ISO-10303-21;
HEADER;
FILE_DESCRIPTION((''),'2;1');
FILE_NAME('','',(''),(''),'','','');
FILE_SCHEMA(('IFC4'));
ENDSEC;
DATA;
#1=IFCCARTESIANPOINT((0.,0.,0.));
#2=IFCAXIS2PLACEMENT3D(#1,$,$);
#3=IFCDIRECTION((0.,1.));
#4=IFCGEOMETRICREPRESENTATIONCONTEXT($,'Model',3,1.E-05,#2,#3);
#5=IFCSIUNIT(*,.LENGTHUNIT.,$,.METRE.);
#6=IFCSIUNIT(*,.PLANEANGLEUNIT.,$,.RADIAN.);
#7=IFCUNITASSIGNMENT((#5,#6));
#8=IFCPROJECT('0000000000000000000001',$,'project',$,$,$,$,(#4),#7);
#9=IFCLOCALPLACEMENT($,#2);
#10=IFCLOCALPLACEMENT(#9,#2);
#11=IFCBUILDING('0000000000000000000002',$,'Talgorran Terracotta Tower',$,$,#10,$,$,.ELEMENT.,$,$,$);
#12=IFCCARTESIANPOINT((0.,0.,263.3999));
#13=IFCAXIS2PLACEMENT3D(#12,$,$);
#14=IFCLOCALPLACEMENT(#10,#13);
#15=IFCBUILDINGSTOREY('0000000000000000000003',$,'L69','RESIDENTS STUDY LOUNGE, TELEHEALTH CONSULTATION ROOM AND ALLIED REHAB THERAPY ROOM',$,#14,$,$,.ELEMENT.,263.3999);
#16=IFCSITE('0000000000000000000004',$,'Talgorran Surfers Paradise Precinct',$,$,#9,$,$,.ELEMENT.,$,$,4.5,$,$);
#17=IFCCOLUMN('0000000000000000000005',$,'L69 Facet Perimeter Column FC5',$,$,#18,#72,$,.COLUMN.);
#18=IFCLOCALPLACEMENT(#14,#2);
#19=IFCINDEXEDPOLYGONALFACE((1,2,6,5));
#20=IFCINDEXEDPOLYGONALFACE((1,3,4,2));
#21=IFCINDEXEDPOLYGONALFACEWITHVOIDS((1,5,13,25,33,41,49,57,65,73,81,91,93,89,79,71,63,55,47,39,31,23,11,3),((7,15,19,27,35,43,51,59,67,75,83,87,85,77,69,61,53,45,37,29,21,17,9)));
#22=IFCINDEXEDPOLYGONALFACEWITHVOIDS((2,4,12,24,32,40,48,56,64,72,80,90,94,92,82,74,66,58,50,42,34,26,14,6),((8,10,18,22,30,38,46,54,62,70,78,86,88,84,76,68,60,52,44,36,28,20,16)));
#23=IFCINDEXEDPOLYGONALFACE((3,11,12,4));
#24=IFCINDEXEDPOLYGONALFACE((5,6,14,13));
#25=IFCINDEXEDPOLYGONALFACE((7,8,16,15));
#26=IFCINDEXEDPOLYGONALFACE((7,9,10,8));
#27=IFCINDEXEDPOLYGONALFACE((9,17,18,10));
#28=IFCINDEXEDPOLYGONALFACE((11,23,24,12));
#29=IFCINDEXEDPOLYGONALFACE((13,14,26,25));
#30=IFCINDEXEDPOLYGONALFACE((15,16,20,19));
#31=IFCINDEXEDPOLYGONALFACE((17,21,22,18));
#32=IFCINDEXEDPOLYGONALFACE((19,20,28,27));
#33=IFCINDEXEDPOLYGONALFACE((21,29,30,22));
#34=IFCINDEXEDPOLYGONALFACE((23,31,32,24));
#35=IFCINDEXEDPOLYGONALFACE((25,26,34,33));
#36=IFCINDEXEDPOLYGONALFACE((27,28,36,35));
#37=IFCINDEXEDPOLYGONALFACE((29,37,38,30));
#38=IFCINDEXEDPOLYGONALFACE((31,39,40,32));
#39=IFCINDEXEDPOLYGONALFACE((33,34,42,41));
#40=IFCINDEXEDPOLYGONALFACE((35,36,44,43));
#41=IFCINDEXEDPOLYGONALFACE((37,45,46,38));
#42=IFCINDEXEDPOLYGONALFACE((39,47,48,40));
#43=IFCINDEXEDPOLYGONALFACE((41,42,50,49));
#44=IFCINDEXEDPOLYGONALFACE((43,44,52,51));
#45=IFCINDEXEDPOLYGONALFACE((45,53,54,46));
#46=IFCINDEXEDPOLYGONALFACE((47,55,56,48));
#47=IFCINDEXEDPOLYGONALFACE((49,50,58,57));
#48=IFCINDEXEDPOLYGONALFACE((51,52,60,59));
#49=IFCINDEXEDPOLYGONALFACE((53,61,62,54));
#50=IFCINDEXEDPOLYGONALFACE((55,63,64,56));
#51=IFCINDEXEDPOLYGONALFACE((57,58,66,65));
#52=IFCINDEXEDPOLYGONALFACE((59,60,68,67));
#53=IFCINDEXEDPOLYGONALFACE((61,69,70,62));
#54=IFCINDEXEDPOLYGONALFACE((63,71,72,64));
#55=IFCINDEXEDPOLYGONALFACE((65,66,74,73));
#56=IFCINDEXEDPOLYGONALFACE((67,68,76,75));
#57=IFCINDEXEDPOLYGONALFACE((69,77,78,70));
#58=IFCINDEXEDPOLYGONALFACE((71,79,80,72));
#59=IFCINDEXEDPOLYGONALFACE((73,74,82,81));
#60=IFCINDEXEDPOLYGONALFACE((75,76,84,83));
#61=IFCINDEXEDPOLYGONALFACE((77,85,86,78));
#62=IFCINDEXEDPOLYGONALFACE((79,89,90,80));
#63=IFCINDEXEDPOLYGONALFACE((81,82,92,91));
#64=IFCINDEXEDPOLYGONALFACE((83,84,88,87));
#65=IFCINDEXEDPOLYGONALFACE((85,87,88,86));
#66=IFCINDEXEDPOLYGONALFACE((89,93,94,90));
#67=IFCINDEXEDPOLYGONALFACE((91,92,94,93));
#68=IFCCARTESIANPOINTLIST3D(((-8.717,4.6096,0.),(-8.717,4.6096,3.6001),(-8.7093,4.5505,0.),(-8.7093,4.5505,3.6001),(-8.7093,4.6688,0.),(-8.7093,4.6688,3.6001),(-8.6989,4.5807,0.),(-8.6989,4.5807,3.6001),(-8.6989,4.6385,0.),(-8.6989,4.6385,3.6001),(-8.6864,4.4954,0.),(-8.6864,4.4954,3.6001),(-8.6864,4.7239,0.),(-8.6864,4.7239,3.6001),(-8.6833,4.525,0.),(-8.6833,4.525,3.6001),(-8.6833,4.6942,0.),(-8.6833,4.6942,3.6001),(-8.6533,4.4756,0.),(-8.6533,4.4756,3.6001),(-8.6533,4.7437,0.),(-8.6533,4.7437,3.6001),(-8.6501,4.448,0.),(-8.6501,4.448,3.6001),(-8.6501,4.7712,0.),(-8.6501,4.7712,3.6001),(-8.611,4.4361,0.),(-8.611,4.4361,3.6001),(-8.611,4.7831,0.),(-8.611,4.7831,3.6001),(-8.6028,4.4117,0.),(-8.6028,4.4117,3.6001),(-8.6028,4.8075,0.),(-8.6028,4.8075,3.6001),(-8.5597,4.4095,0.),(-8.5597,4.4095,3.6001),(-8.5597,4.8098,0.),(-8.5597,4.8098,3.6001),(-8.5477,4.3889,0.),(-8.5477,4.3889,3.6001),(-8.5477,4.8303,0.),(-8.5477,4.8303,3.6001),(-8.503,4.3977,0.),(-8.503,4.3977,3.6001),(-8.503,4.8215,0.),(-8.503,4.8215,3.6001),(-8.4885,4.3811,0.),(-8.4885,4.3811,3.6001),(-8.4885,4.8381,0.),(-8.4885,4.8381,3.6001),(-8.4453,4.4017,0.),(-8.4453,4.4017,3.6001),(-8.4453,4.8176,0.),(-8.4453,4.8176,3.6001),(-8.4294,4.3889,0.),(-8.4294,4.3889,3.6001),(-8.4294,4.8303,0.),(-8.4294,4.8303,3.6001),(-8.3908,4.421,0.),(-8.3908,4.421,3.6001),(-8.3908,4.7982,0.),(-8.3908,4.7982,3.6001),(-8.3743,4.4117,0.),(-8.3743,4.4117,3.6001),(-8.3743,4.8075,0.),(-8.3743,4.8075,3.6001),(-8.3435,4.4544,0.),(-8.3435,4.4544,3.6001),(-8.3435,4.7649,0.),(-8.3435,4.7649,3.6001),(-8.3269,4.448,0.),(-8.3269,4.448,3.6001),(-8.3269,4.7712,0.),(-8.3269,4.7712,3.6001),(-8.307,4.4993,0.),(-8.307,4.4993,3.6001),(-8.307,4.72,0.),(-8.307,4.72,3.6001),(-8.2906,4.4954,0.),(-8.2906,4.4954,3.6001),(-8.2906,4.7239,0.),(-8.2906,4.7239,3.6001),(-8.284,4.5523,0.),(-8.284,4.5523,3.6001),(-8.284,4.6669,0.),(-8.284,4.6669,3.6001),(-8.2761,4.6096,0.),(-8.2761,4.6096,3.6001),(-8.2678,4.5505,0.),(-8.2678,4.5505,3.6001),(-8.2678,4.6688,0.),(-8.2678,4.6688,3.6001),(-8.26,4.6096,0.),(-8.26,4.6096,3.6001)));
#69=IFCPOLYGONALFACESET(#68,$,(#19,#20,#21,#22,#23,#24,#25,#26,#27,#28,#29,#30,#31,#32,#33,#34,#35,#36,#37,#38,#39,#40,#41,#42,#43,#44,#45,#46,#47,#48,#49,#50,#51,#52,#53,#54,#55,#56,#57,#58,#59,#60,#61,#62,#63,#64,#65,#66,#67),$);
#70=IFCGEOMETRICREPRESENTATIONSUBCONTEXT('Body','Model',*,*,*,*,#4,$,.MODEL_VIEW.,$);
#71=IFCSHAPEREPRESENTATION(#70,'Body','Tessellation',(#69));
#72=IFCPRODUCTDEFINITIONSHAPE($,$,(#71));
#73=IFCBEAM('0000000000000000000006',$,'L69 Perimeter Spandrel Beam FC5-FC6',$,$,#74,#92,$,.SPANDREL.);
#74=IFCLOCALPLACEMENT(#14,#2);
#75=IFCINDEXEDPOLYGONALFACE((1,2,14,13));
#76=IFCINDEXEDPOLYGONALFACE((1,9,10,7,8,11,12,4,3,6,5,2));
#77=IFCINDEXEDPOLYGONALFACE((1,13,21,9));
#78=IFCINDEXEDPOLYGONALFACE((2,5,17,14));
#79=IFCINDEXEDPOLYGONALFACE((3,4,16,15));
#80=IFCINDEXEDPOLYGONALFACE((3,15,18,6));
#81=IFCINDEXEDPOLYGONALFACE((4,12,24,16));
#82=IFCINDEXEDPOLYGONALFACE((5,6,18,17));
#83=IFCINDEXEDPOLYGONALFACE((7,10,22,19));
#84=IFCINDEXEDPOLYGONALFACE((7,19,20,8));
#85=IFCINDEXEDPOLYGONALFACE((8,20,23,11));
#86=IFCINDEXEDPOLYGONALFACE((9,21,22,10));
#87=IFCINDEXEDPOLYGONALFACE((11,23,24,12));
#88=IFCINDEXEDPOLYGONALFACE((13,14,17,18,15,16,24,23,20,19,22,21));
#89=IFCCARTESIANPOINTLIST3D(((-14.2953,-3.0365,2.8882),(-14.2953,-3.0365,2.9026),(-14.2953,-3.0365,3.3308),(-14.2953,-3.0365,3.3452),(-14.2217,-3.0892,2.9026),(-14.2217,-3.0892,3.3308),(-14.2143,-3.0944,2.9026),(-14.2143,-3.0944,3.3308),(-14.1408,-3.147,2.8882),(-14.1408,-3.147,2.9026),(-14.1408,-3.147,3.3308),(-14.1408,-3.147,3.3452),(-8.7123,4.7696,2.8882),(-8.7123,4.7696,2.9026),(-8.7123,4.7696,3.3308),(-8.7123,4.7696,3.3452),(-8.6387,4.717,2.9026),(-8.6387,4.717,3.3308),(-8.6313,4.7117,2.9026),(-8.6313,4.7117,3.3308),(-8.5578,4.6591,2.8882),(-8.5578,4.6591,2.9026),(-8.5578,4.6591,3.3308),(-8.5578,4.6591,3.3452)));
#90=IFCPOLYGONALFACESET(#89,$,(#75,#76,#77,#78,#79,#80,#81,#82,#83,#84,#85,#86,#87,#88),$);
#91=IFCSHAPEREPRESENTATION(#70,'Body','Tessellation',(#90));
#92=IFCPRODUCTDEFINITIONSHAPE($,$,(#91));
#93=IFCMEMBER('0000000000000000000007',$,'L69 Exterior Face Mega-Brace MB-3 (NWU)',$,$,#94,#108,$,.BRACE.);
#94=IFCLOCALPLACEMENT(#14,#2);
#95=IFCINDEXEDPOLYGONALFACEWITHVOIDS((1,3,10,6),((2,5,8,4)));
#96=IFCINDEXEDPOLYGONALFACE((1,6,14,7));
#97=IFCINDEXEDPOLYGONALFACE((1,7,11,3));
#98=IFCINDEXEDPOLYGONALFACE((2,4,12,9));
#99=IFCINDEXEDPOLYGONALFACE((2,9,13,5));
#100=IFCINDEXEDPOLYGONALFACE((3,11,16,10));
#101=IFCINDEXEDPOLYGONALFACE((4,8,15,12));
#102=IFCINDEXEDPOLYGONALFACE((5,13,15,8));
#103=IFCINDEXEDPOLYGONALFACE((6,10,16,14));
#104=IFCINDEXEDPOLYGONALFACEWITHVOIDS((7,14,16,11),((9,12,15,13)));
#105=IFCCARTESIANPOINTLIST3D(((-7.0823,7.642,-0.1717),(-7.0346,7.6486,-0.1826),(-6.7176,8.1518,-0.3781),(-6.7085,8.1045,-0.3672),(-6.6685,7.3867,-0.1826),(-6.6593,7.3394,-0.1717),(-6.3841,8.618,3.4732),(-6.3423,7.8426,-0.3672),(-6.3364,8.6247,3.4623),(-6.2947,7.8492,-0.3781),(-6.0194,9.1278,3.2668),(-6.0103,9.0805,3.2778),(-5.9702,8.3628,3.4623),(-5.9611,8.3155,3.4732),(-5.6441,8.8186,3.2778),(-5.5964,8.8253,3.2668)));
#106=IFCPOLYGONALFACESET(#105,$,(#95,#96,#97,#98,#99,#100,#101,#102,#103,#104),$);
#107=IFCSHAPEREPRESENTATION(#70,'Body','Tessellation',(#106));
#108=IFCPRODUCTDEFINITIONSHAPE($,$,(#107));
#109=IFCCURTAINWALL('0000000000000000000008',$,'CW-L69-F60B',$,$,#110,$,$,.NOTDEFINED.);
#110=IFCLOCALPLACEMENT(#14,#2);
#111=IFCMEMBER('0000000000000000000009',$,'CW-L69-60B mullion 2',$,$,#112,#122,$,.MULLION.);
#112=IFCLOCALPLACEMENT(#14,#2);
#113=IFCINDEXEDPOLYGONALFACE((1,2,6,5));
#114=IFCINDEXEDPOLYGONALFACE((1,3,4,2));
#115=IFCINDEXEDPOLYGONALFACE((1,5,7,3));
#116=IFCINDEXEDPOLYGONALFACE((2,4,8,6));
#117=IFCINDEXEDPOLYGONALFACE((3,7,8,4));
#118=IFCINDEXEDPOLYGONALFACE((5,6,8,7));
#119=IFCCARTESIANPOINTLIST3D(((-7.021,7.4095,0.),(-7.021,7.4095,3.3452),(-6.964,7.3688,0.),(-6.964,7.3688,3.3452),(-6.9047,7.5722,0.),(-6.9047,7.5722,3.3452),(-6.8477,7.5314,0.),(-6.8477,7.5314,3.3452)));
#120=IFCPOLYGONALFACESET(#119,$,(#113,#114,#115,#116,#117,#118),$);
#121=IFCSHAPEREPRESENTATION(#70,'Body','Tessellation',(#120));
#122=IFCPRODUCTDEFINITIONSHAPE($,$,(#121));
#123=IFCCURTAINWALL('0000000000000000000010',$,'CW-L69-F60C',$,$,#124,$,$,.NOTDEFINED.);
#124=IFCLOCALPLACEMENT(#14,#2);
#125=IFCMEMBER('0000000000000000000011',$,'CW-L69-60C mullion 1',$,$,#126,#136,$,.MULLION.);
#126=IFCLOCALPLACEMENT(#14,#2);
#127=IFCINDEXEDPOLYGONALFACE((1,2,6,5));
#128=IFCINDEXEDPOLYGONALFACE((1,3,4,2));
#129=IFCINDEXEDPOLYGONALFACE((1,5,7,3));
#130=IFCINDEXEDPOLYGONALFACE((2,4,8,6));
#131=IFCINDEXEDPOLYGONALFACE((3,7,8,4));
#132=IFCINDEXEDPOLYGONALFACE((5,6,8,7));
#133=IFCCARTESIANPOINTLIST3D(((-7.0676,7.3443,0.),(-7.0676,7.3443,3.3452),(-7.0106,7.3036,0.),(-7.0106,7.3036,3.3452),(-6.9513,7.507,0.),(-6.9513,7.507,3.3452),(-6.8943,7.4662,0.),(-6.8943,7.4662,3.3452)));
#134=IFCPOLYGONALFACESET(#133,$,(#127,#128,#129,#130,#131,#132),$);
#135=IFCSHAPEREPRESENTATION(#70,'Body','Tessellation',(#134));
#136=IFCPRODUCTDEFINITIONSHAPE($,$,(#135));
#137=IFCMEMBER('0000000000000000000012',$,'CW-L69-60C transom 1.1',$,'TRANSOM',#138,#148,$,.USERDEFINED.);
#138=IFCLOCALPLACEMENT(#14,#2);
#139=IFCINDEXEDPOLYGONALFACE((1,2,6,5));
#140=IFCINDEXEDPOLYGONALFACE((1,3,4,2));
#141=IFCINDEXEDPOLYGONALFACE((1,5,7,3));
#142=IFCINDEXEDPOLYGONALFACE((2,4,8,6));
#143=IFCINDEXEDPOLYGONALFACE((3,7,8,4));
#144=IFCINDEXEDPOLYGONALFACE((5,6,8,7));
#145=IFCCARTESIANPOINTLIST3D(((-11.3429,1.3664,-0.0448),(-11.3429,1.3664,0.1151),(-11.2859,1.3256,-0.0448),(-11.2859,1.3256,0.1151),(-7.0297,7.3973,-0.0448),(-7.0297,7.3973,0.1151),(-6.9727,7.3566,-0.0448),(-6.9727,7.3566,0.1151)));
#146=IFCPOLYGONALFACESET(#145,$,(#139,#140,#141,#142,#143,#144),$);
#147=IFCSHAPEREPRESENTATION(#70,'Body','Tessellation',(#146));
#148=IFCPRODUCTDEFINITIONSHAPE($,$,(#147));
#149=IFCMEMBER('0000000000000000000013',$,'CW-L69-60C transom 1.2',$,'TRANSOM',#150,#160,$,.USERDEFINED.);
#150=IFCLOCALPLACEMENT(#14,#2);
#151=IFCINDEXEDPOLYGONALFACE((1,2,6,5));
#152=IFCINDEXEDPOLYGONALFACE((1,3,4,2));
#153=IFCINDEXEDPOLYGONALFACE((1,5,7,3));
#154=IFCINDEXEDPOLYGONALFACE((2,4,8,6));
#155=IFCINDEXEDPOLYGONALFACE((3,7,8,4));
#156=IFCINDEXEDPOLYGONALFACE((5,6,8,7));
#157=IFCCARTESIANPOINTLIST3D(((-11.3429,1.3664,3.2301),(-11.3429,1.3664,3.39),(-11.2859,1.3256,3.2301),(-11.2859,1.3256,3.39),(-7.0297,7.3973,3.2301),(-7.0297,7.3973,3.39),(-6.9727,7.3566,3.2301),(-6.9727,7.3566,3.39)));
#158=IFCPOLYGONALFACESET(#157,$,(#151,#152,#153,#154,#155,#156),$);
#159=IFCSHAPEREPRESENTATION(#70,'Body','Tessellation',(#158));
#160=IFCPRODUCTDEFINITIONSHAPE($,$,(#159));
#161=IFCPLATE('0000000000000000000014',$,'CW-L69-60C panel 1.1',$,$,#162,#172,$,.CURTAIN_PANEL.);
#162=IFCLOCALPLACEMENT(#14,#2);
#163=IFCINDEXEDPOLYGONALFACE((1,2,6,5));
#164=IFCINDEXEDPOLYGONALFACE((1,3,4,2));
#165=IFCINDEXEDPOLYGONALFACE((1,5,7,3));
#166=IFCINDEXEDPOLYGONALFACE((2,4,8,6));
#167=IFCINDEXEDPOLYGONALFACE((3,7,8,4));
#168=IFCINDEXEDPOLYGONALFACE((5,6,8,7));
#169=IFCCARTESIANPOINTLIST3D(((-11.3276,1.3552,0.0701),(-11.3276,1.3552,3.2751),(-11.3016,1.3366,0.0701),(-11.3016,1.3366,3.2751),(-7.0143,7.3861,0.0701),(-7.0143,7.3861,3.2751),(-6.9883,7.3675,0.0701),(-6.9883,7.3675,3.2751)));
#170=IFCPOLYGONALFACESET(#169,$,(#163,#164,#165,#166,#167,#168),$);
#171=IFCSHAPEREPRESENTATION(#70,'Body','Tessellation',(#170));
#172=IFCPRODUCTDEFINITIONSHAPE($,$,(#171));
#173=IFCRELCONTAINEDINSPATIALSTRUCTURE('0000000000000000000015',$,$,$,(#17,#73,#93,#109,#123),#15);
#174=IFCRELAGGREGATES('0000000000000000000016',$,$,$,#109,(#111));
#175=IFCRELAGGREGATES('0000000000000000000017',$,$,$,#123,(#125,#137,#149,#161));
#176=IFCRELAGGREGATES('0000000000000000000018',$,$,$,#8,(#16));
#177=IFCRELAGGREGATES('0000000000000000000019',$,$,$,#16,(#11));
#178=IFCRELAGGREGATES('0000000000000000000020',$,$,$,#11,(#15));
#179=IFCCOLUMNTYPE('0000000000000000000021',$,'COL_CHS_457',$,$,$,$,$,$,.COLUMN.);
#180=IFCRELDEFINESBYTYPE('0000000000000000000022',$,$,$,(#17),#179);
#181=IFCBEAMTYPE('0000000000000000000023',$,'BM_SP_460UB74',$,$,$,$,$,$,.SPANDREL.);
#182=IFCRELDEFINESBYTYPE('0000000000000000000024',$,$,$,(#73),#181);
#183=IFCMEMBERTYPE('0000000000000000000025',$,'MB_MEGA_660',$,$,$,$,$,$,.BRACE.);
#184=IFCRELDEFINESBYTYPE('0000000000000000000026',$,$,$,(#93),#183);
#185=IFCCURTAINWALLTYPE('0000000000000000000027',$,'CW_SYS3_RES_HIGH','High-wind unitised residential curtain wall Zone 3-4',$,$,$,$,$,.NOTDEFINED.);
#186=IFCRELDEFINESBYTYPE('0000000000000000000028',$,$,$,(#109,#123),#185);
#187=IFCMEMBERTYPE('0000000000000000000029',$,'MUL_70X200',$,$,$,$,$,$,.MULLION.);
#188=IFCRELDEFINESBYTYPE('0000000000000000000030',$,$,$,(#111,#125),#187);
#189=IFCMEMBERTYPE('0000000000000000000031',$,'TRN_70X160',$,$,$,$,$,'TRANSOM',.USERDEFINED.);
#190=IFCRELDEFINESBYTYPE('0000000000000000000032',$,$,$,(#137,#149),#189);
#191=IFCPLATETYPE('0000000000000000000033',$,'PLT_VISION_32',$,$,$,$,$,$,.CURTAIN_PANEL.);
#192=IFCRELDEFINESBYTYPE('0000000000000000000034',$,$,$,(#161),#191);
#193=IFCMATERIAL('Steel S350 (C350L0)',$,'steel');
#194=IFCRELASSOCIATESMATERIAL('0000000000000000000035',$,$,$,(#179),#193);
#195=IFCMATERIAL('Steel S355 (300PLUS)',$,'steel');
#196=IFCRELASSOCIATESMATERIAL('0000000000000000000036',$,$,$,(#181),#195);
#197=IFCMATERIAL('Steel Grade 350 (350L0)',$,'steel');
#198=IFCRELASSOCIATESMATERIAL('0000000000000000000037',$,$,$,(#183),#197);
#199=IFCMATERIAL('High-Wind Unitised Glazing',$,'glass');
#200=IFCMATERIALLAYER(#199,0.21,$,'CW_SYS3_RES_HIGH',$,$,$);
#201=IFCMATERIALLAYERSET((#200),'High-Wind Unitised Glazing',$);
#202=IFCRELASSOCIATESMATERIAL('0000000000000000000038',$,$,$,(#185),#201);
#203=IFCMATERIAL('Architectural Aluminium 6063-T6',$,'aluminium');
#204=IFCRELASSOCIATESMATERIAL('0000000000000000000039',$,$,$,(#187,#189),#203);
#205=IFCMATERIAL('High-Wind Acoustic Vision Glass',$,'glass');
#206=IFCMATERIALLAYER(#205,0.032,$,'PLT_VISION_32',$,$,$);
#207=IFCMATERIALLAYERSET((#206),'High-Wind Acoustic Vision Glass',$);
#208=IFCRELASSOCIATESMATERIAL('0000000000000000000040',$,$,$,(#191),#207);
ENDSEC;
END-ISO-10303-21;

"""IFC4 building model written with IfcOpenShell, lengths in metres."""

from ifc_helpers import new_model, si_unit, direction, frame, origin, origin_2d, place, context, subcontext, project, spatial, rectangle, hollow_rectangle, hollow_circle, i_section, extrude, source, transform, mapped, material, layer, layer_set, material_profile, profile_set, type_object, type_shapes, element, aggregate, save


model = new_model("IFC4")

# Units and contexts
model_context = context("Model", 3, precision=1e-05, world=origin(), true_north=direction((0.0, 1.0)))
body_context = subcontext(model_context, "Body", "Model", "MODEL_VIEW")
ifc_project = project(units=[si_unit("LENGTHUNIT", "METRE"), si_unit("PLANEANGLEUNIT", "RADIAN")], contexts=[model_context])

# Site, building, storey
site_placement = place(None, origin())
site = spatial("IfcSite", under=ifc_project, at=site_placement, Name="Talgorran Surfers Paradise Precinct", CompositionType="ELEMENT", RefElevation=4.5)
building_placement = place(site_placement, origin())
building = spatial("IfcBuilding", under=site, at=building_placement, Name="Talgorran Terracotta Tower", CompositionType="ELEMENT")
storey_placement = place(building_placement, frame((0.0, 0.0, 263.3999)))
storey = spatial("IfcBuildingStorey", under=building, at=storey_placement, Name="L69", Description="RESIDENTS STUDY LOUNGE, TELEHEALTH CONSULTATION ROOM AND ALLIED REHAB THERAPY ROOM", CompositionType="ELEMENT", Elevation=263.3999)

# Column
ifc_material_1 = material(Name="Steel S350 (C350L0)", Category="steel")
ifc_material_profile_1 = material_profile(ifc_material_1, hollow_circle(Radius=0.2285, WallThickness=0.0161, at=origin_2d()), Name="CHS457X16")
ifc_profile_set_1 = profile_set([ifc_material_profile_1], Name="Steel S350 (C350L0)")
column_type = type_object("IfcColumnType", Name="COL_CHS_457", PredefinedType="COLUMN", material=ifc_profile_set_1)
column_placement = place(storey_placement, frame((-8.4885, 4.6096, 0.0), z_axis=(0.0, 0.0, 1.0), x_axis=(1.0, 0.0, 0.0)))
element("IfcColumn", 1, at=column_placement, inside=storey, type_object=column_type, Name="L69 Facet Perimeter Column FC5", PredefinedType="COLUMN", context=body_context, shape_type="SweptSolid", body=[
    extrude(hollow_circle(Radius=0.2285, WallThickness=0.0161, at=origin_2d()), origin(), (0.0, 0.0, 1.0), 3.6001),
])

# Beam
ifc_material_2 = material(Name="Steel S355 (300PLUS)", Category="steel")
ifc_material_profile_2 = material_profile(ifc_material_2, i_section(OverallWidth=0.1899, OverallDepth=0.457, WebThickness=0.009, FlangeThickness=0.0144, at=origin_2d()), Name="460UB74.6")
ifc_profile_set_2 = profile_set([ifc_material_profile_2], Name="Steel S355 (300PLUS)")
beam_type = type_object("IfcBeamType", Name="BM_SP_460UB74", PredefinedType="SPANDREL", material=ifc_profile_set_2)
beam_placement = place(storey_placement, frame((-8.635, 4.7144, 3.1167), z_axis=(-0.581734, -0.813379, 0.0), x_axis=(0.813379, -0.581734, 0.0)))
element("IfcBeam", 2, at=beam_placement, inside=storey, type_object=beam_type, Name="L69 Perimeter Spandrel Beam FC5-FC6", PredefinedType="SPANDREL", context=body_context, shape_type="SweptSolid", body=[
    extrude(i_section(OverallWidth=0.1899, OverallDepth=0.457, WebThickness=0.009, FlangeThickness=0.0144, at=origin_2d()), origin(), (0.0, 0.0, 1.0), 9.5972),
])

# Member
ifc_material_3 = material(Name="Steel Grade 350 (350L0)", Category="steel")
ifc_material_profile_3 = material_profile(ifc_material_3, hollow_rectangle(XDim=0.52, YDim=0.6599, WallThickness=0.0349, at=origin_2d()), Name="WBOX660X520X35")
ifc_profile_set_3 = profile_set([ifc_material_profile_3], Name="Steel Grade 350 (350L0)")
member_type_1 = type_object("IfcMemberType", Name="MB_MEGA_660", PredefinedType="BRACE", material=ifc_profile_set_3)
member_1_placement = place(storey_placement, frame((-6.6885, 7.7456, -0.2749), z_axis=(0.181952, 0.254351, 0.949841), x_axis=(-0.813321, 0.581815, 0.0)))
element("IfcMember", 3, at=member_1_placement, inside=storey, type_object=member_type_1, Name="L69 Exterior Face Mega-Brace MB-3 (NWU)", PredefinedType="BRACE", context=body_context, shape_type="SweptSolid", body=[
    extrude(hollow_rectangle(XDim=0.52, YDim=0.6599, WallThickness=0.0349, at=origin_2d()), origin(), (0.0, 0.0, 1.0), 3.8374),
])

# Curtain wall, member
ifc_material_4 = material(Name="High-Wind Unitised Glazing", Category="glass")
ifc_layer_1 = layer(ifc_material_4, 0.21, Name="CW_SYS3_RES_HIGH")
ifc_layer_set_1 = layer_set([ifc_layer_1], Name="High-Wind Unitised Glazing")
curtain_wall_type = type_object("IfcCurtainWallType", Name="CW_SYS3_RES_HIGH", Description="High-wind unitised residential curtain wall Zone 3-4", PredefinedType="NOTDEFINED", material=ifc_layer_set_1)
curtain_wall_1_placement = place(storey_placement, origin())
curtain_wall_1 = element("IfcCurtainWall", 4, at=curtain_wall_1_placement, inside=storey, type_object=curtain_wall_type, Name="CW-L69-F60B", PredefinedType="NOTDEFINED")
ifc_material_5 = material(Name="Architectural Aluminium 6063-T6", Category="aluminium")
ifc_material_profile_4 = material_profile(ifc_material_5, rectangle(XDim=0.0701, YDim=0.2, at=origin_2d()), Name="CWM70X200")
ifc_profile_set_4 = profile_set([ifc_material_profile_4], Name="Architectural Aluminium 6063-T6")
member_type_2 = type_object("IfcMemberType", Name="MUL_70X200", PredefinedType="MULLION", material=ifc_profile_set_4)
member_2_placement = place(storey_placement, frame((-6.9343, 7.4705, 0.0), z_axis=(0.0, 0.0, 1.0), x_axis=(0.81338, -0.581732, 0.0)))
member_2 = element("IfcMember", 5, at=member_2_placement, type_object=member_type_2, Name="CW-L69-60B mullion 2", PredefinedType="MULLION", context=body_context, shape_type="SweptSolid", body=[
    extrude(rectangle(XDim=0.0701, YDim=0.2, at=origin_2d()), origin(), (0.0, 0.0, 1.0), 3.3452),
])
aggregate(curtain_wall_1, [member_2])

# Curtain wall, members, plate
curtain_wall_2_placement = place(storey_placement, origin())
curtain_wall_2 = element("IfcCurtainWall", 6, at=curtain_wall_2_placement, inside=storey, type_object=curtain_wall_type, Name="CW-L69-F60C", PredefinedType="NOTDEFINED")
member_3_placement = place(storey_placement, frame((-6.981, 7.4053, 0.0), z_axis=(0.0, 0.0, 1.0), x_axis=(0.813381, -0.581731, 0.0)))
member_3 = element("IfcMember", 7, at=member_3_placement, type_object=member_type_2, Name="CW-L69-60C mullion 1", PredefinedType="MULLION", context=body_context, shape_type="SweptSolid", body=[
    extrude(rectangle(XDim=0.0701, YDim=0.2, at=origin_2d()), origin(), (0.0, 0.0, 1.0), 3.3452),
])
ifc_material_profile_5 = material_profile(ifc_material_5, rectangle(XDim=0.0701, YDim=0.1599, at=origin_2d()), Name="CWT70X160")
ifc_profile_set_5 = profile_set([ifc_material_profile_5], Name="Architectural Aluminium 6063-T6")
member_type_3 = type_object("IfcMemberType", Name="TRN_70X160", ElementType="TRANSOM", PredefinedType="USERDEFINED", material=ifc_profile_set_5)
member_4_placement = place(storey_placement, frame((-7.0012, 7.377, 0.0352), z_axis=(-0.581718, -0.813391, 0.0), x_axis=(0.813391, -0.581718, 0.0)))
member_4 = element("IfcMember", 8, at=member_4_placement, type_object=member_type_3, Name="CW-L69-60C transom 1.1", ObjectType="TRANSOM", PredefinedType="USERDEFINED", context=body_context, shape_type="SweptSolid", body=[
    extrude(rectangle(XDim=0.0701, YDim=0.1599, at=origin_2d()), origin(), (0.0, 0.0, 1.0), 7.4146),
])
member_5_placement = place(storey_placement, frame((-7.0012, 7.377, 3.3101), z_axis=(-0.581718, -0.813391, 0.0), x_axis=(0.813391, -0.581718, 0.0)))
member_5 = element("IfcMember", 9, at=member_5_placement, type_object=member_type_3, Name="CW-L69-60C transom 1.2", ObjectType="TRANSOM", PredefinedType="USERDEFINED", context=body_context, shape_type="SweptSolid", body=[
    extrude(rectangle(XDim=0.0701, YDim=0.1599, at=origin_2d()), origin(), (0.0, 0.0, 1.0), 7.4146),
])
ifc_material_6 = material(Name="High-Wind Acoustic Vision Glass", Category="glass")
ifc_layer_2 = layer(ifc_material_6, 0.032, Name="PLT_VISION_32")
ifc_layer_set_2 = layer_set([ifc_layer_2], Name="High-Wind Acoustic Vision Glass")
plate_type = type_object("IfcPlateType", Name="PLT_VISION_32", PredefinedType="CURTAIN_PANEL", material=ifc_layer_set_2)
shared_shape = source(origin(), body_context, "Body", "SweptSolid", [
    extrude(rectangle(XDim=7.4146, YDim=0.032, at=origin_2d()), origin(), (0.0, 0.0, 1.0), 3.2051),
])
type_shapes(plate_type, [shared_shape])
plate_placement = place(storey_placement, frame((-9.158, 4.3613, 0.0701), z_axis=(0.0, 0.0, 1.0), x_axis=(-0.581731, -0.813381, 0.0)))
plate = element("IfcPlate", 10, at=plate_placement, type_object=plate_type, Name="CW-L69-60C panel 1.1", PredefinedType="CURTAIN_PANEL", context=body_context, shape_type="MappedRepresentation", body=[
    mapped(shared_shape, transform((0.0, 0.0, 0.0), scale=1.0)),
])
aggregate(curtain_wall_2, [member_3, member_4, member_5, plate])

save(model, "model.ifc")
